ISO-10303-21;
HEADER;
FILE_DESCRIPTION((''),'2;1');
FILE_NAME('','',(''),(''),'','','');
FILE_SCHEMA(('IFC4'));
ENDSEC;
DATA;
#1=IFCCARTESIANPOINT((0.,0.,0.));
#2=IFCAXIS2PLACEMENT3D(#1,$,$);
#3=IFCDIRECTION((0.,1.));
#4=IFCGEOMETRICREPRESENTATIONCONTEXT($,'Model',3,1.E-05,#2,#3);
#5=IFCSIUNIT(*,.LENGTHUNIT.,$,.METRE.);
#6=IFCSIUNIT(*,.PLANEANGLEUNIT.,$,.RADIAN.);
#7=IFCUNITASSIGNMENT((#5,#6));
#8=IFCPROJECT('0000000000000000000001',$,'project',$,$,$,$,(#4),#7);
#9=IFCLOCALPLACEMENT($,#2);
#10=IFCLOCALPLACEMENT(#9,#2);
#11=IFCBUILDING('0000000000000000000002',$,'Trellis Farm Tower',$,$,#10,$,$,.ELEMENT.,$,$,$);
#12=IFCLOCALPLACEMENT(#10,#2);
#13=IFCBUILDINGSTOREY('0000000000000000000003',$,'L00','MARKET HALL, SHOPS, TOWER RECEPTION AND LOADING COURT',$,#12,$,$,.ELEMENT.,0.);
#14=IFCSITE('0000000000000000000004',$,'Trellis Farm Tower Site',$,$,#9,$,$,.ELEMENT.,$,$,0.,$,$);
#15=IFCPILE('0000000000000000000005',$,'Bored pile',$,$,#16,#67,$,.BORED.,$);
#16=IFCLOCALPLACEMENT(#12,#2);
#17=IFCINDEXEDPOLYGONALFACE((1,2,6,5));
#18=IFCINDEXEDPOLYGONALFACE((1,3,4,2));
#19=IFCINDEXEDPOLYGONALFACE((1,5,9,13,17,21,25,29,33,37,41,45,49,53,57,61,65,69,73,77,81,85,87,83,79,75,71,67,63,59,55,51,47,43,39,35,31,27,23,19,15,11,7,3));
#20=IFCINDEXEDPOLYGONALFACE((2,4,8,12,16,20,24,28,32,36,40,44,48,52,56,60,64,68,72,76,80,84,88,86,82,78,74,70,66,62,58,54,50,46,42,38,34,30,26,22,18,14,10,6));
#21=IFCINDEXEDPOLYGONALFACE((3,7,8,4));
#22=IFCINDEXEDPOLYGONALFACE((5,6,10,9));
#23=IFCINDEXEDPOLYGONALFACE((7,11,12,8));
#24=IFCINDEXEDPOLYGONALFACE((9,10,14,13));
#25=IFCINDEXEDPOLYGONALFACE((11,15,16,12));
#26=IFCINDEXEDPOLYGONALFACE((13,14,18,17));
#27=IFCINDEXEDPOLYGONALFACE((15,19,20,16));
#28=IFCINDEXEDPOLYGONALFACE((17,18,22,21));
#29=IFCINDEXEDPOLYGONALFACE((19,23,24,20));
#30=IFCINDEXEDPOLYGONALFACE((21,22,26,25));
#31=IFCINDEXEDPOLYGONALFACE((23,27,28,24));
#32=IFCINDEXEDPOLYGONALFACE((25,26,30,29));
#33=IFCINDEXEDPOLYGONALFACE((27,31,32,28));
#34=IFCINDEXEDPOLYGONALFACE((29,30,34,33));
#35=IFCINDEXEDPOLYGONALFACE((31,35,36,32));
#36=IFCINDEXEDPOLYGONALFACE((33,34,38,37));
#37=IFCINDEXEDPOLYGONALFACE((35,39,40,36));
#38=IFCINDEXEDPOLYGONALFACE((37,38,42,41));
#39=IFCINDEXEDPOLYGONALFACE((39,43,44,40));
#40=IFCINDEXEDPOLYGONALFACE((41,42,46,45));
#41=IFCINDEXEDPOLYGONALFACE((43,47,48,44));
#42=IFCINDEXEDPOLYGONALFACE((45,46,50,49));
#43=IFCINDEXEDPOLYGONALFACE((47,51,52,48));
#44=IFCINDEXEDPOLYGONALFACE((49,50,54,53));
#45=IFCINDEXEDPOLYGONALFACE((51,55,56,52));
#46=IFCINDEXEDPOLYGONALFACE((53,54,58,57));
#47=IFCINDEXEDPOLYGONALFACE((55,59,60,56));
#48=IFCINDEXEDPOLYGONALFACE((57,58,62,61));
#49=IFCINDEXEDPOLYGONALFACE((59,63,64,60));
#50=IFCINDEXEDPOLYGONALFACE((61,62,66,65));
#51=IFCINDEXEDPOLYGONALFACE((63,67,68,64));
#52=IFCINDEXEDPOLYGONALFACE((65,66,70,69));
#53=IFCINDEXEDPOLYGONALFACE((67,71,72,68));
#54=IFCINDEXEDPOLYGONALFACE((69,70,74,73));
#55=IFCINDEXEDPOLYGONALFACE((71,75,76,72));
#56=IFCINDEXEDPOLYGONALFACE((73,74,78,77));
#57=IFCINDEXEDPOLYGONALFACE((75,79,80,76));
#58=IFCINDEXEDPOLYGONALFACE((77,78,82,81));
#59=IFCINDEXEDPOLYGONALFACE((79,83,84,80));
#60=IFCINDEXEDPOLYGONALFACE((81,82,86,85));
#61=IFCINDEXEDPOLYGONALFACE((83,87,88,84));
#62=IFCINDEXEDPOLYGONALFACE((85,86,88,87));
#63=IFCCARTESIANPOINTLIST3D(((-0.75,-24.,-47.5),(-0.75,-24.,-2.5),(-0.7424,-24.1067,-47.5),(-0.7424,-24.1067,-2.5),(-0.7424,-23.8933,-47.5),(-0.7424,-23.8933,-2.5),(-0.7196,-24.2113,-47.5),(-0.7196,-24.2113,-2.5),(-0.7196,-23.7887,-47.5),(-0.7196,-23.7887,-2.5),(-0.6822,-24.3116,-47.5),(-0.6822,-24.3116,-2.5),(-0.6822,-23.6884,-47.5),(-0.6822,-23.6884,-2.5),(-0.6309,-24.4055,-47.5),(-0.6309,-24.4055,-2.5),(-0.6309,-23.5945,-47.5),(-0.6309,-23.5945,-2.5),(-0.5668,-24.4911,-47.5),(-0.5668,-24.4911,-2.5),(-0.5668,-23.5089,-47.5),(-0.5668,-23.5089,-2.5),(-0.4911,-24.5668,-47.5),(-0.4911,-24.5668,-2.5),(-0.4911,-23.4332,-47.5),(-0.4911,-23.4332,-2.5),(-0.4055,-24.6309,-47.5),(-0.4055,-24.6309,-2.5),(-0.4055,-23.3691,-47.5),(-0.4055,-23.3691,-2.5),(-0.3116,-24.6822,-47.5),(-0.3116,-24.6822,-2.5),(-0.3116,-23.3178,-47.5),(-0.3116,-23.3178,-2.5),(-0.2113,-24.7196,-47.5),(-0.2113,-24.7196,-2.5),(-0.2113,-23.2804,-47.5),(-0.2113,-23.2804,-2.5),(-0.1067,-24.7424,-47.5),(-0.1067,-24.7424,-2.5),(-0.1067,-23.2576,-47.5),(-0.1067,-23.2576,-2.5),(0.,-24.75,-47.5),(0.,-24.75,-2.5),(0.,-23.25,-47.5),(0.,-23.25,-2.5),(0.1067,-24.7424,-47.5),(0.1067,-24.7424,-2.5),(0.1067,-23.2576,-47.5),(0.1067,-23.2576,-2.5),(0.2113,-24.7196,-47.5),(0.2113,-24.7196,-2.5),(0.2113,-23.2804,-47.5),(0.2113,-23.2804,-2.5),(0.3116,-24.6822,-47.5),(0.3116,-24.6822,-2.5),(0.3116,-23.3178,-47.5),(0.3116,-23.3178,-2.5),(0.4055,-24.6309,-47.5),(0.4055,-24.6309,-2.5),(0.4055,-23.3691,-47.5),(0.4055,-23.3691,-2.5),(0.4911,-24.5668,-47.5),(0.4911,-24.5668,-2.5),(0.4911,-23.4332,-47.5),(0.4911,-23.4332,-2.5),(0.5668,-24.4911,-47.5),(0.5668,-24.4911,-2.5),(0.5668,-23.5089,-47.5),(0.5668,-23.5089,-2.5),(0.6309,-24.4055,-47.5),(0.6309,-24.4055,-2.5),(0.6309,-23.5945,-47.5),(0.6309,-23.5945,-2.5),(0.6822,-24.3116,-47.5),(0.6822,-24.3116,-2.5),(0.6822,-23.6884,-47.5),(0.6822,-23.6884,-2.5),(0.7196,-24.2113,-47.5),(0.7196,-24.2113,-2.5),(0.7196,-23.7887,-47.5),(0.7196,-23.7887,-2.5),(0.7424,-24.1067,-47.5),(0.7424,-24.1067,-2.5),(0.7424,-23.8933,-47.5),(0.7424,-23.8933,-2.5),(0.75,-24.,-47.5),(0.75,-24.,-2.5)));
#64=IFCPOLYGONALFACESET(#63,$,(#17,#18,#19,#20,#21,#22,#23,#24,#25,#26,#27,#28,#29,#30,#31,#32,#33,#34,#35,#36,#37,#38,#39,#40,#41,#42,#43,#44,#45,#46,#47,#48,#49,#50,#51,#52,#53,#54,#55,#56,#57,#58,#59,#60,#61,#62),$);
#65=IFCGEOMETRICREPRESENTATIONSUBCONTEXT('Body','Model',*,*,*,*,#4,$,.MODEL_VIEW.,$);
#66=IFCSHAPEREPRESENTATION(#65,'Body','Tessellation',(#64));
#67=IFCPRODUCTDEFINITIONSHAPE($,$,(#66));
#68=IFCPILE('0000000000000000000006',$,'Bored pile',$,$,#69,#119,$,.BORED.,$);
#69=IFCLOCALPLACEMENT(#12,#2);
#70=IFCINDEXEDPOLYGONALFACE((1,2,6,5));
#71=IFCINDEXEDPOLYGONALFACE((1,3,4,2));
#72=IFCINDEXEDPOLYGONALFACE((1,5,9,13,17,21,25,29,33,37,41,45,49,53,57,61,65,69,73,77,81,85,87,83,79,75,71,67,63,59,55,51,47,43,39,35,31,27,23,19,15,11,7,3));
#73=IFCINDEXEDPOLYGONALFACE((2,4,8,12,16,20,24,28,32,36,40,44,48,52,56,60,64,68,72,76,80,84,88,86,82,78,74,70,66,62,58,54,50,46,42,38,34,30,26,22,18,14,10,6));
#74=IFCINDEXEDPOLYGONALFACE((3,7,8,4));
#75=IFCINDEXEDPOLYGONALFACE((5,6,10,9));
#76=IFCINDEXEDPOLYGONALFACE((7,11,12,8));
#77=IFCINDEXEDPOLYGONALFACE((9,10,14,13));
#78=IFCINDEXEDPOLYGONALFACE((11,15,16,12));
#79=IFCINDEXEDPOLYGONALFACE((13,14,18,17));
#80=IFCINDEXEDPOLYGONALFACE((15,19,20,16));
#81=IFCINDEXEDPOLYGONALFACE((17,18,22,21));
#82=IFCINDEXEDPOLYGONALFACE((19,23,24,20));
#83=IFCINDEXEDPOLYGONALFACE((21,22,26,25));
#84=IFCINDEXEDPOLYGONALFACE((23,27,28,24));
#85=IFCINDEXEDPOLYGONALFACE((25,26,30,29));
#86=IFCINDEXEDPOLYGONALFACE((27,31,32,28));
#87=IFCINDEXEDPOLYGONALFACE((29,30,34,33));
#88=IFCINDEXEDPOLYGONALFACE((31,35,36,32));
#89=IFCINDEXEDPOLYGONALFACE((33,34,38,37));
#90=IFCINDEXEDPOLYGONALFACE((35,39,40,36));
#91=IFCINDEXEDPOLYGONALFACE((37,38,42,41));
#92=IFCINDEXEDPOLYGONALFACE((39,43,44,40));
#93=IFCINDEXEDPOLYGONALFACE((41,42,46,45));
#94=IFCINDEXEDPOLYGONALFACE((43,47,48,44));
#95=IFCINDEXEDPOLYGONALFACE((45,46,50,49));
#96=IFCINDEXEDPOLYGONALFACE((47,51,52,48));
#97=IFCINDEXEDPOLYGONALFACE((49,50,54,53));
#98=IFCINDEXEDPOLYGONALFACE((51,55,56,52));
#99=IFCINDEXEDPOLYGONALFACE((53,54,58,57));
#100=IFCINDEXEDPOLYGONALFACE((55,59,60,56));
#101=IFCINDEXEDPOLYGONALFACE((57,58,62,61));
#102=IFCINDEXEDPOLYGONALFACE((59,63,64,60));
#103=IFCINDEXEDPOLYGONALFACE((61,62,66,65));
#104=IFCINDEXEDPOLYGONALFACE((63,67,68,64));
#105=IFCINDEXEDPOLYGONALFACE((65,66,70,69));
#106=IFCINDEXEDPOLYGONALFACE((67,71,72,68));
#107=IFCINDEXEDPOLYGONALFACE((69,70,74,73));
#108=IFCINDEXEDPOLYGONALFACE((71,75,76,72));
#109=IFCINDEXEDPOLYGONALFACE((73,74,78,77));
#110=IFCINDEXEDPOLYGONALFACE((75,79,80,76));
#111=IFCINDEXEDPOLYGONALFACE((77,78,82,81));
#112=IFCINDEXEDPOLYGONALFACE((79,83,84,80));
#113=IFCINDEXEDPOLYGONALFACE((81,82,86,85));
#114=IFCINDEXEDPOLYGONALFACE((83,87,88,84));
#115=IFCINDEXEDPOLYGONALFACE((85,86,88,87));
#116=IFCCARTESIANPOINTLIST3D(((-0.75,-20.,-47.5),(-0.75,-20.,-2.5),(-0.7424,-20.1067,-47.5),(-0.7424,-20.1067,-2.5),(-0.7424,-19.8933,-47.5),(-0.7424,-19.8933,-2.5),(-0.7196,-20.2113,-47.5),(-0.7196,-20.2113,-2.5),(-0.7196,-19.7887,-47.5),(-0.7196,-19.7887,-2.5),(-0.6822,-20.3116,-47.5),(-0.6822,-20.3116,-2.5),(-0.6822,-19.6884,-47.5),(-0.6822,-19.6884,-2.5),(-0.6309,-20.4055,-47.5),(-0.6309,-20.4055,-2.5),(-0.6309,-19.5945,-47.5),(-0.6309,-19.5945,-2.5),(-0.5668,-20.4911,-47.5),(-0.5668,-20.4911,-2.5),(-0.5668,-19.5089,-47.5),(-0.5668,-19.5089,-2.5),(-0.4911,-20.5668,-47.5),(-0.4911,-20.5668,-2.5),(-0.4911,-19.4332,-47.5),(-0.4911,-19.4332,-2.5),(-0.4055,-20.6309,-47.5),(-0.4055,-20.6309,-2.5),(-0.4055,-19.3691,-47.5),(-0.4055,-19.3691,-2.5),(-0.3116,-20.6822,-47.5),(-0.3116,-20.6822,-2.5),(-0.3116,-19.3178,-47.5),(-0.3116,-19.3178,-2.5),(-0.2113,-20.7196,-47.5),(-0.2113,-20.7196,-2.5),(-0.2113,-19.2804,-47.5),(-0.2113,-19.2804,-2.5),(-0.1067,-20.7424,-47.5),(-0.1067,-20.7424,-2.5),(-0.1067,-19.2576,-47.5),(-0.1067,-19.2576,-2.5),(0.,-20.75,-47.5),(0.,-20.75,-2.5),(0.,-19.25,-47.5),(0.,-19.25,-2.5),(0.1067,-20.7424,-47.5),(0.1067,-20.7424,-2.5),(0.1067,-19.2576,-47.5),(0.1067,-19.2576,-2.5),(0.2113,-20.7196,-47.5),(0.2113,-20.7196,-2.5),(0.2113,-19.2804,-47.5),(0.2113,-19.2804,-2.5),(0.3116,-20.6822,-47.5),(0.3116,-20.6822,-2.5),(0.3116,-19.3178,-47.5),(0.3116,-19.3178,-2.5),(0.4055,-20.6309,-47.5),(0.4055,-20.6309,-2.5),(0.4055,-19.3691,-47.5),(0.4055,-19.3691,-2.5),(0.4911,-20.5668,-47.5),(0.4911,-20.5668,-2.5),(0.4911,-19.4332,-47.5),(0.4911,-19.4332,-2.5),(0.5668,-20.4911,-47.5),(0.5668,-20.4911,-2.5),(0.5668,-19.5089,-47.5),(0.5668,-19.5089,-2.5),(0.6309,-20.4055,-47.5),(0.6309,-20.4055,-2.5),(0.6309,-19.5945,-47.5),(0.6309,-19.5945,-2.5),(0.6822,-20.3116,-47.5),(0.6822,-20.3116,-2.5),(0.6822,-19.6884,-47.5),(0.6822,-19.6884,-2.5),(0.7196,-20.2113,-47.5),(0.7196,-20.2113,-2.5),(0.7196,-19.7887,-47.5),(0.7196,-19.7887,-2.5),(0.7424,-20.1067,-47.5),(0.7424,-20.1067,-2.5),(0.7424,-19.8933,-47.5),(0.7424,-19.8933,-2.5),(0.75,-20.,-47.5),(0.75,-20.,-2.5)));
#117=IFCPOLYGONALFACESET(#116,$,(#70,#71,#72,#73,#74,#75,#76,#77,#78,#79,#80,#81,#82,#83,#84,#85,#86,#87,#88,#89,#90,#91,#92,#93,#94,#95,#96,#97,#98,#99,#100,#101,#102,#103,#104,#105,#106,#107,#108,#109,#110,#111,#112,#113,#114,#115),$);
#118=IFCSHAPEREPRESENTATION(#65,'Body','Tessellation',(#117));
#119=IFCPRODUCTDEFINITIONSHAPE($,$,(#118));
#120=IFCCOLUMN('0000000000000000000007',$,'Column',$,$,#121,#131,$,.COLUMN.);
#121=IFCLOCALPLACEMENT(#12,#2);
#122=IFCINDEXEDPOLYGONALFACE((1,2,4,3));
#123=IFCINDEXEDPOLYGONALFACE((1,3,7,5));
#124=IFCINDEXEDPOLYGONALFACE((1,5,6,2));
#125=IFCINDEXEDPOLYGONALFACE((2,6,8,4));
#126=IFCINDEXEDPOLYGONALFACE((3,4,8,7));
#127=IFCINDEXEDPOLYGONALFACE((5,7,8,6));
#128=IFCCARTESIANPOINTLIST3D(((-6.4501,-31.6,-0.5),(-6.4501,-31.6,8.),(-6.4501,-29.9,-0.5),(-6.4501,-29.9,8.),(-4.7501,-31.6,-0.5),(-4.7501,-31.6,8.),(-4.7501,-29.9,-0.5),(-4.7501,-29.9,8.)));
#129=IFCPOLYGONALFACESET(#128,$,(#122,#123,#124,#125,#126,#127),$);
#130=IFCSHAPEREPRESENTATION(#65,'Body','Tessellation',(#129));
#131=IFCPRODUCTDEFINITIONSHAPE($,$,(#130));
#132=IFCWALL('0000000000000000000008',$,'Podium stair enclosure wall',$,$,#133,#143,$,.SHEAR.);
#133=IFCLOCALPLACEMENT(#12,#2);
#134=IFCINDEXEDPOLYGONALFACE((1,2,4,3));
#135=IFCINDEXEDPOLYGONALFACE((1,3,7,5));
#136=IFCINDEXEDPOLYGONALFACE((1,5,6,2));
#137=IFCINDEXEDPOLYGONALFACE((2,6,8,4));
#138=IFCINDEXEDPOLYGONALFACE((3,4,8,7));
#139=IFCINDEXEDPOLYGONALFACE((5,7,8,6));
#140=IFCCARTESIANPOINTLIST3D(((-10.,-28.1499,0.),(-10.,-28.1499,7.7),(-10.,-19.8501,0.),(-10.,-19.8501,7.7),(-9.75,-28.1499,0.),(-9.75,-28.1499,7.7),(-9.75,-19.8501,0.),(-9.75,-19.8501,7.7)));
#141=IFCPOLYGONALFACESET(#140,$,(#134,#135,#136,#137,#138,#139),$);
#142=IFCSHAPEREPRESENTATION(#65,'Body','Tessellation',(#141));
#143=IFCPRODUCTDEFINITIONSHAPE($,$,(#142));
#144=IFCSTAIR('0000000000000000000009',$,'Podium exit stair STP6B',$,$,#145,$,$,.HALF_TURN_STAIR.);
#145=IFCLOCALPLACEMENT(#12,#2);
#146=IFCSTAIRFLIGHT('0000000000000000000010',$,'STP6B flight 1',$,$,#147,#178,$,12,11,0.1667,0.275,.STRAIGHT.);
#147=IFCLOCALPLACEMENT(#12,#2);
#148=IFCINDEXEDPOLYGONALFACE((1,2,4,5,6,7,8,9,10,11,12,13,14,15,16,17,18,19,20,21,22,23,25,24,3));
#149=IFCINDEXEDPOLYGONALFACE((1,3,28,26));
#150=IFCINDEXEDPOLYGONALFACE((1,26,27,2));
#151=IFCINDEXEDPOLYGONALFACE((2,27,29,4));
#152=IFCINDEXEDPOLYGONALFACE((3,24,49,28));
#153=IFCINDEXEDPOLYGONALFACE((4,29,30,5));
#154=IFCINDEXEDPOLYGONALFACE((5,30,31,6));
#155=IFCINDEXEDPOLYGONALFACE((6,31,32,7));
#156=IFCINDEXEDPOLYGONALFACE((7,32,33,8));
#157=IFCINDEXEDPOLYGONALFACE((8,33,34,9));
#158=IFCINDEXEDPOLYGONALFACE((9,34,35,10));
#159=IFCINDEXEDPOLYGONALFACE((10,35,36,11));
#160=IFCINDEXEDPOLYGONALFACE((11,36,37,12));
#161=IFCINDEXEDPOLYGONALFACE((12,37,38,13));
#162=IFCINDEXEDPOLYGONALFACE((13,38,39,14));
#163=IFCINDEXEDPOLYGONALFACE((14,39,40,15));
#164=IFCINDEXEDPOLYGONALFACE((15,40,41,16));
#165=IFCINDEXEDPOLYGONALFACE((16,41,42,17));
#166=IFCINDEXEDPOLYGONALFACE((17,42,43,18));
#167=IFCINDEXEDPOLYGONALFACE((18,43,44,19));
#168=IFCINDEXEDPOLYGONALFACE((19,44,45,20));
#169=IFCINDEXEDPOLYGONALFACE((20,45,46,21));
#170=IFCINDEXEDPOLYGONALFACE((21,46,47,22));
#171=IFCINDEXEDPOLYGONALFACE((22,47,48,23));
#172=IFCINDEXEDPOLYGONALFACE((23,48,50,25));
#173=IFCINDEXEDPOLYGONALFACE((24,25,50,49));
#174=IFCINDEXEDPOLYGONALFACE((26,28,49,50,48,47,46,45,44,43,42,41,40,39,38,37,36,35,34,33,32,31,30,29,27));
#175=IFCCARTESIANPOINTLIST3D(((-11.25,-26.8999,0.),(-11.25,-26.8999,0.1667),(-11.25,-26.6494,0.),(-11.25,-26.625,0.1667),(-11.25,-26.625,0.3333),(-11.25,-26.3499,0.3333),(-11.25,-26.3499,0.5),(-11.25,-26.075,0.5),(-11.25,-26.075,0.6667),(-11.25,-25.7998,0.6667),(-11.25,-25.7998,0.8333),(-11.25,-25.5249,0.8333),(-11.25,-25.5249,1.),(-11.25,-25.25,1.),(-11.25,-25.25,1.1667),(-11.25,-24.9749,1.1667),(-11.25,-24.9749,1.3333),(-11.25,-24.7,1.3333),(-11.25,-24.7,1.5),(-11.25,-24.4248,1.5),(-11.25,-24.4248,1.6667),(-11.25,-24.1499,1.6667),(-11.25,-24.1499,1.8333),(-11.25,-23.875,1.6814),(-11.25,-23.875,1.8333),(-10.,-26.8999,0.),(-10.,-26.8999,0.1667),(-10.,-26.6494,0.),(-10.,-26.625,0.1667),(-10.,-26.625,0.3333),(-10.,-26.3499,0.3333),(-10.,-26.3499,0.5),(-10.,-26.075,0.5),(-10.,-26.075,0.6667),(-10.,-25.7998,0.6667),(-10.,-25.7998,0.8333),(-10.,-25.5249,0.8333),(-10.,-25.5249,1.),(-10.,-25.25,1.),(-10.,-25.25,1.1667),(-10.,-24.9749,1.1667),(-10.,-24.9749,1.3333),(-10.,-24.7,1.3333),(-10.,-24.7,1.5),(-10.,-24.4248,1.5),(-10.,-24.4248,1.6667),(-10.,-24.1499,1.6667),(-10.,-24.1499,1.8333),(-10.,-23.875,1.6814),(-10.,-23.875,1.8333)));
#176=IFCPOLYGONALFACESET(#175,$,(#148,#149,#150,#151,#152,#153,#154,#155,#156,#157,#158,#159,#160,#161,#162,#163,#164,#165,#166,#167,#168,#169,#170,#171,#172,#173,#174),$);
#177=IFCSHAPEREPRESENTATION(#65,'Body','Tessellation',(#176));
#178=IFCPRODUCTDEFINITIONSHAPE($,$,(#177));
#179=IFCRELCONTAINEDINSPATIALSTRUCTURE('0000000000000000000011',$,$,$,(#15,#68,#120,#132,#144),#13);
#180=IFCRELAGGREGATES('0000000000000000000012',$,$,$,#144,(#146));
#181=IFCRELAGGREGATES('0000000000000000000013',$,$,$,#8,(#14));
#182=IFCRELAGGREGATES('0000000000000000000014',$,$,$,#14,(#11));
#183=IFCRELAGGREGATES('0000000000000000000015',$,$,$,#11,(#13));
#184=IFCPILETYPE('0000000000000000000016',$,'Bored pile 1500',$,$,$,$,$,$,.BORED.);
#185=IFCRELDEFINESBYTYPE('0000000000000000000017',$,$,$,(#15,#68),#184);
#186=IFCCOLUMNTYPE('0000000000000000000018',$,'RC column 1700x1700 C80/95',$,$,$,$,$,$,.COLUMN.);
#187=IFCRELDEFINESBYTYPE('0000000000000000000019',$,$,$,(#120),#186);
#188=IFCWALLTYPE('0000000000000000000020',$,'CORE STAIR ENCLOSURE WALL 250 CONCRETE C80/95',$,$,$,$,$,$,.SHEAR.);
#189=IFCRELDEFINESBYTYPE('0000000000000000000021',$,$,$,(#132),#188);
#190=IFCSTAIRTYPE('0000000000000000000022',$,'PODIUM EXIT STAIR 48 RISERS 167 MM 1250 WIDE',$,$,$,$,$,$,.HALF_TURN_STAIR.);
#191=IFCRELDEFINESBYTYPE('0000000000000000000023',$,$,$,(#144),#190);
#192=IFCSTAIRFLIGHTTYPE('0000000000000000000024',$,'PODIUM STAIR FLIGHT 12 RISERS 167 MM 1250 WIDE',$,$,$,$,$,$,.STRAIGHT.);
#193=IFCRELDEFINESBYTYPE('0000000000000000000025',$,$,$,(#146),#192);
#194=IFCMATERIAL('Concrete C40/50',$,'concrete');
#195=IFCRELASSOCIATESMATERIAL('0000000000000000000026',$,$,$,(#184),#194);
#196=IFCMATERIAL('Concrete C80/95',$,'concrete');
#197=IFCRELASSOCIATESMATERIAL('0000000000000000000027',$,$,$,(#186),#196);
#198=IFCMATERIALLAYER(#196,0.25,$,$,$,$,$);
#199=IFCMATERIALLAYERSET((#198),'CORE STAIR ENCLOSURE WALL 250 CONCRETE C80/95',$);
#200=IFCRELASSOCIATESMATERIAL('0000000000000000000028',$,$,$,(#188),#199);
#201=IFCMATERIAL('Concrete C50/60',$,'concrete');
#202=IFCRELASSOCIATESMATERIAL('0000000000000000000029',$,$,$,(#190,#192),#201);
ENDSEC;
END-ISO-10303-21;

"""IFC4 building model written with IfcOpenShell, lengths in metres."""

from ifc_helpers import new_model, si_unit, direction, frame, frame_2d, origin, origin_2d, place, context, subcontext, project, spatial, polyline, rectangle, circle, outline, extrude, source, transform, mapped, material, layer, layer_set, material_profile, profile_set, type_object, element, aggregate, save


model = new_model("IFC4")

# Units and contexts
model_context = context("Model", 3, precision=1e-05, world=origin(), true_north=direction((0.0, 1.0)))
body_context = subcontext(model_context, "Body", "Model", "MODEL_VIEW")
ifc_project = project(units=[si_unit("LENGTHUNIT", "METRE"), si_unit("PLANEANGLEUNIT", "RADIAN")], contexts=[model_context])

# Site, building, storey
site_placement = place(None, origin())
site = spatial("IfcSite", under=ifc_project, at=site_placement, Name="Trellis Farm Tower Site", CompositionType="ELEMENT", RefElevation=0.0)
building_placement = place(site_placement, origin())
building = spatial("IfcBuilding", under=site, at=building_placement, Name="Trellis Farm Tower", CompositionType="ELEMENT")
storey_placement = place(building_placement, origin())
storey = spatial("IfcBuildingStorey", under=building, at=storey_placement, Name="L00", Description="MARKET HALL, SHOPS, TOWER RECEPTION AND LOADING COURT", CompositionType="ELEMENT", Elevation=0.0)

# Piles
ifc_material_1 = material(Name="Concrete C40/50", Category="concrete")
ifc_material_profile_1 = material_profile(ifc_material_1, circle(Radius=0.75, at=origin_2d()), Name="Bored pile 1500")
ifc_profile_set_1 = profile_set([ifc_material_profile_1], Name="Concrete C40/50")
pile_type = type_object("IfcPileType", Name="Bored pile 1500", PredefinedType="BORED", material=ifc_profile_set_1)
shared_shape_1 = source(origin(), body_context, "Body", "SweptSolid", [
    extrude(circle(Radius=0.75, at=origin_2d()), origin(), (0.0, 0.0, 1.0), 45.0),
])
for number, where, z_axis, x_axis, name in (
    (1, (0.0, -24.0, -2.5), (0.0, 0.0, -1.0), (1.0, 0.0, 0.0), "Bored pile"),
    (2, (0.0, -20.0, -2.5), (0.0, 0.0, -1.0), (1.0, 0.0, 0.0), "Bored pile"),
):
    element("IfcPile", number, at=place(storey_placement, frame(where, z_axis=z_axis, x_axis=x_axis)), inside=storey, type_object=pile_type, Name=name, PredefinedType="BORED", context=body_context, shape_type="MappedRepresentation", body=[
        mapped(shared_shape_1, transform((0.0, 0.0, 0.0))),
    ])

# Column
ifc_material_2 = material(Name="Concrete C80/95", Category="concrete")
ifc_material_profile_2 = material_profile(ifc_material_2, rectangle(XDim=1.7, YDim=1.7, at=origin_2d()), Name="RC column 1700x1700 C80/95")
ifc_profile_set_2 = profile_set([ifc_material_profile_2], Name="Concrete C80/95")
column_type = type_object("IfcColumnType", Name="RC column 1700x1700 C80/95", PredefinedType="COLUMN", material=ifc_profile_set_2)
shared_shape_2 = source(origin(), body_context, "Body", "SweptSolid", [
    extrude(rectangle(XDim=1.7, YDim=1.7, at=origin_2d()), origin(), (0.0, 0.0, 1.0), 8.5),
])
column_placement = place(storey_placement, frame((-5.6001, -30.75, -0.5), z_axis=(0.0, 0.0, 1.0), x_axis=(1.0, 0.0, 0.0)))
element("IfcColumn", 3, at=column_placement, inside=storey, type_object=column_type, Name="Column", PredefinedType="COLUMN", context=body_context, shape_type="MappedRepresentation", body=[
    mapped(shared_shape_2, transform((0.0, 0.0, 0.0))),
])

# Wall
ifc_layer = layer(ifc_material_2, 0.25)
ifc_layer_set = layer_set([ifc_layer], Name="CORE STAIR ENCLOSURE WALL 250 CONCRETE C80/95")
wall_type = type_object("IfcWallType", Name="CORE STAIR ENCLOSURE WALL 250 CONCRETE C80/95", PredefinedType="SHEAR", material=ifc_layer_set)
shared_shape_3 = source(origin(), body_context, "Body", "SweptSolid", [
    extrude(rectangle(XDim=8.2998, YDim=0.25, at=frame_2d((4.1499, 0.0))), origin(), (0.0, 0.0, 1.0), 7.7),
])
wall_placement = place(storey_placement, frame((-9.875, -28.1499, 0.0), z_axis=(0.0, 0.0, 1.0), x_axis=(0.0, 1.0, 0.0)))
element("IfcWall", 4, at=wall_placement, inside=storey, type_object=wall_type, Name="Podium stair enclosure wall", PredefinedType="SHEAR", context=body_context, shape_type="MappedRepresentation", body=[
    mapped(shared_shape_3, transform((0.0, 0.0, 0.0))),
])

# Stair, stair flight
ifc_material_3 = material(Name="Concrete C50/60", Category="concrete")
stair_type = type_object("IfcStairType", Name="PODIUM EXIT STAIR 48 RISERS 167 MM 1250 WIDE", PredefinedType="HALF_TURN_STAIR", material=ifc_material_3)
stair_placement = place(storey_placement, origin())
stair = element("IfcStair", 5, at=stair_placement, inside=storey, type_object=stair_type, Name="Podium exit stair STP6B", PredefinedType="HALF_TURN_STAIR")
stair_flight_type = type_object("IfcStairFlightType", Name="PODIUM STAIR FLIGHT 12 RISERS 167 MM 1250 WIDE", PredefinedType="STRAIGHT", material=ifc_material_3)
shared_shape_4 = source(origin(), body_context, "Body", "SweptSolid", [
    extrude(outline(polyline([(0.0, 0.0), (0.0, 0.1667), (0.2749, 0.1667), (0.2749, 0.3333), (0.55, 0.3333), (0.55, 0.5), (0.825, 0.5), (0.825, 0.6667), (1.1001, 0.6667), (1.1001, 0.8333), (1.375, 0.8333), (1.375, 1.0), (1.6499, 1.0), (1.6499, 1.1667), (1.925, 1.1667), (1.925, 1.3333), (2.2, 1.3333), (2.2, 1.5), (2.4751, 1.5), (2.4751, 1.6667), (2.75, 1.6667), (2.75, 1.8333), (3.0249, 1.8333), (3.0249, 2.0), (3.0249, 1.6814), (0.2505, 0.0), (0.0, 0.0)])), frame((0.0, 0.625, 0.0), z_axis=(0.0, -1.0, 0.0), x_axis=(1.0, 0.0, 0.0)), (0.0, 0.0, 1.0), 1.25),
])
stair_flight_1_placement = place(storey_placement, frame((-10.625, -26.8999, 0.0), z_axis=(0.0, 0.0, 1.0), x_axis=(0.0, 1.0, 0.0)))
stair_flight_1 = element("IfcStairFlight", 6, at=stair_flight_1_placement, type_object=stair_flight_type, Name="STP6B flight 1", NumberOfRisers=12, NumberOfTreads=11, PredefinedType="STRAIGHT", RiserHeight=0.1667, TreadLength=0.275, context=body_context, shape_type="MappedRepresentation", body=[
    mapped(shared_shape_4, transform((0.0, 0.0, 0.0))),
])
aggregate(stair, [stair_flight_1])

save(model, "model.ifc")
